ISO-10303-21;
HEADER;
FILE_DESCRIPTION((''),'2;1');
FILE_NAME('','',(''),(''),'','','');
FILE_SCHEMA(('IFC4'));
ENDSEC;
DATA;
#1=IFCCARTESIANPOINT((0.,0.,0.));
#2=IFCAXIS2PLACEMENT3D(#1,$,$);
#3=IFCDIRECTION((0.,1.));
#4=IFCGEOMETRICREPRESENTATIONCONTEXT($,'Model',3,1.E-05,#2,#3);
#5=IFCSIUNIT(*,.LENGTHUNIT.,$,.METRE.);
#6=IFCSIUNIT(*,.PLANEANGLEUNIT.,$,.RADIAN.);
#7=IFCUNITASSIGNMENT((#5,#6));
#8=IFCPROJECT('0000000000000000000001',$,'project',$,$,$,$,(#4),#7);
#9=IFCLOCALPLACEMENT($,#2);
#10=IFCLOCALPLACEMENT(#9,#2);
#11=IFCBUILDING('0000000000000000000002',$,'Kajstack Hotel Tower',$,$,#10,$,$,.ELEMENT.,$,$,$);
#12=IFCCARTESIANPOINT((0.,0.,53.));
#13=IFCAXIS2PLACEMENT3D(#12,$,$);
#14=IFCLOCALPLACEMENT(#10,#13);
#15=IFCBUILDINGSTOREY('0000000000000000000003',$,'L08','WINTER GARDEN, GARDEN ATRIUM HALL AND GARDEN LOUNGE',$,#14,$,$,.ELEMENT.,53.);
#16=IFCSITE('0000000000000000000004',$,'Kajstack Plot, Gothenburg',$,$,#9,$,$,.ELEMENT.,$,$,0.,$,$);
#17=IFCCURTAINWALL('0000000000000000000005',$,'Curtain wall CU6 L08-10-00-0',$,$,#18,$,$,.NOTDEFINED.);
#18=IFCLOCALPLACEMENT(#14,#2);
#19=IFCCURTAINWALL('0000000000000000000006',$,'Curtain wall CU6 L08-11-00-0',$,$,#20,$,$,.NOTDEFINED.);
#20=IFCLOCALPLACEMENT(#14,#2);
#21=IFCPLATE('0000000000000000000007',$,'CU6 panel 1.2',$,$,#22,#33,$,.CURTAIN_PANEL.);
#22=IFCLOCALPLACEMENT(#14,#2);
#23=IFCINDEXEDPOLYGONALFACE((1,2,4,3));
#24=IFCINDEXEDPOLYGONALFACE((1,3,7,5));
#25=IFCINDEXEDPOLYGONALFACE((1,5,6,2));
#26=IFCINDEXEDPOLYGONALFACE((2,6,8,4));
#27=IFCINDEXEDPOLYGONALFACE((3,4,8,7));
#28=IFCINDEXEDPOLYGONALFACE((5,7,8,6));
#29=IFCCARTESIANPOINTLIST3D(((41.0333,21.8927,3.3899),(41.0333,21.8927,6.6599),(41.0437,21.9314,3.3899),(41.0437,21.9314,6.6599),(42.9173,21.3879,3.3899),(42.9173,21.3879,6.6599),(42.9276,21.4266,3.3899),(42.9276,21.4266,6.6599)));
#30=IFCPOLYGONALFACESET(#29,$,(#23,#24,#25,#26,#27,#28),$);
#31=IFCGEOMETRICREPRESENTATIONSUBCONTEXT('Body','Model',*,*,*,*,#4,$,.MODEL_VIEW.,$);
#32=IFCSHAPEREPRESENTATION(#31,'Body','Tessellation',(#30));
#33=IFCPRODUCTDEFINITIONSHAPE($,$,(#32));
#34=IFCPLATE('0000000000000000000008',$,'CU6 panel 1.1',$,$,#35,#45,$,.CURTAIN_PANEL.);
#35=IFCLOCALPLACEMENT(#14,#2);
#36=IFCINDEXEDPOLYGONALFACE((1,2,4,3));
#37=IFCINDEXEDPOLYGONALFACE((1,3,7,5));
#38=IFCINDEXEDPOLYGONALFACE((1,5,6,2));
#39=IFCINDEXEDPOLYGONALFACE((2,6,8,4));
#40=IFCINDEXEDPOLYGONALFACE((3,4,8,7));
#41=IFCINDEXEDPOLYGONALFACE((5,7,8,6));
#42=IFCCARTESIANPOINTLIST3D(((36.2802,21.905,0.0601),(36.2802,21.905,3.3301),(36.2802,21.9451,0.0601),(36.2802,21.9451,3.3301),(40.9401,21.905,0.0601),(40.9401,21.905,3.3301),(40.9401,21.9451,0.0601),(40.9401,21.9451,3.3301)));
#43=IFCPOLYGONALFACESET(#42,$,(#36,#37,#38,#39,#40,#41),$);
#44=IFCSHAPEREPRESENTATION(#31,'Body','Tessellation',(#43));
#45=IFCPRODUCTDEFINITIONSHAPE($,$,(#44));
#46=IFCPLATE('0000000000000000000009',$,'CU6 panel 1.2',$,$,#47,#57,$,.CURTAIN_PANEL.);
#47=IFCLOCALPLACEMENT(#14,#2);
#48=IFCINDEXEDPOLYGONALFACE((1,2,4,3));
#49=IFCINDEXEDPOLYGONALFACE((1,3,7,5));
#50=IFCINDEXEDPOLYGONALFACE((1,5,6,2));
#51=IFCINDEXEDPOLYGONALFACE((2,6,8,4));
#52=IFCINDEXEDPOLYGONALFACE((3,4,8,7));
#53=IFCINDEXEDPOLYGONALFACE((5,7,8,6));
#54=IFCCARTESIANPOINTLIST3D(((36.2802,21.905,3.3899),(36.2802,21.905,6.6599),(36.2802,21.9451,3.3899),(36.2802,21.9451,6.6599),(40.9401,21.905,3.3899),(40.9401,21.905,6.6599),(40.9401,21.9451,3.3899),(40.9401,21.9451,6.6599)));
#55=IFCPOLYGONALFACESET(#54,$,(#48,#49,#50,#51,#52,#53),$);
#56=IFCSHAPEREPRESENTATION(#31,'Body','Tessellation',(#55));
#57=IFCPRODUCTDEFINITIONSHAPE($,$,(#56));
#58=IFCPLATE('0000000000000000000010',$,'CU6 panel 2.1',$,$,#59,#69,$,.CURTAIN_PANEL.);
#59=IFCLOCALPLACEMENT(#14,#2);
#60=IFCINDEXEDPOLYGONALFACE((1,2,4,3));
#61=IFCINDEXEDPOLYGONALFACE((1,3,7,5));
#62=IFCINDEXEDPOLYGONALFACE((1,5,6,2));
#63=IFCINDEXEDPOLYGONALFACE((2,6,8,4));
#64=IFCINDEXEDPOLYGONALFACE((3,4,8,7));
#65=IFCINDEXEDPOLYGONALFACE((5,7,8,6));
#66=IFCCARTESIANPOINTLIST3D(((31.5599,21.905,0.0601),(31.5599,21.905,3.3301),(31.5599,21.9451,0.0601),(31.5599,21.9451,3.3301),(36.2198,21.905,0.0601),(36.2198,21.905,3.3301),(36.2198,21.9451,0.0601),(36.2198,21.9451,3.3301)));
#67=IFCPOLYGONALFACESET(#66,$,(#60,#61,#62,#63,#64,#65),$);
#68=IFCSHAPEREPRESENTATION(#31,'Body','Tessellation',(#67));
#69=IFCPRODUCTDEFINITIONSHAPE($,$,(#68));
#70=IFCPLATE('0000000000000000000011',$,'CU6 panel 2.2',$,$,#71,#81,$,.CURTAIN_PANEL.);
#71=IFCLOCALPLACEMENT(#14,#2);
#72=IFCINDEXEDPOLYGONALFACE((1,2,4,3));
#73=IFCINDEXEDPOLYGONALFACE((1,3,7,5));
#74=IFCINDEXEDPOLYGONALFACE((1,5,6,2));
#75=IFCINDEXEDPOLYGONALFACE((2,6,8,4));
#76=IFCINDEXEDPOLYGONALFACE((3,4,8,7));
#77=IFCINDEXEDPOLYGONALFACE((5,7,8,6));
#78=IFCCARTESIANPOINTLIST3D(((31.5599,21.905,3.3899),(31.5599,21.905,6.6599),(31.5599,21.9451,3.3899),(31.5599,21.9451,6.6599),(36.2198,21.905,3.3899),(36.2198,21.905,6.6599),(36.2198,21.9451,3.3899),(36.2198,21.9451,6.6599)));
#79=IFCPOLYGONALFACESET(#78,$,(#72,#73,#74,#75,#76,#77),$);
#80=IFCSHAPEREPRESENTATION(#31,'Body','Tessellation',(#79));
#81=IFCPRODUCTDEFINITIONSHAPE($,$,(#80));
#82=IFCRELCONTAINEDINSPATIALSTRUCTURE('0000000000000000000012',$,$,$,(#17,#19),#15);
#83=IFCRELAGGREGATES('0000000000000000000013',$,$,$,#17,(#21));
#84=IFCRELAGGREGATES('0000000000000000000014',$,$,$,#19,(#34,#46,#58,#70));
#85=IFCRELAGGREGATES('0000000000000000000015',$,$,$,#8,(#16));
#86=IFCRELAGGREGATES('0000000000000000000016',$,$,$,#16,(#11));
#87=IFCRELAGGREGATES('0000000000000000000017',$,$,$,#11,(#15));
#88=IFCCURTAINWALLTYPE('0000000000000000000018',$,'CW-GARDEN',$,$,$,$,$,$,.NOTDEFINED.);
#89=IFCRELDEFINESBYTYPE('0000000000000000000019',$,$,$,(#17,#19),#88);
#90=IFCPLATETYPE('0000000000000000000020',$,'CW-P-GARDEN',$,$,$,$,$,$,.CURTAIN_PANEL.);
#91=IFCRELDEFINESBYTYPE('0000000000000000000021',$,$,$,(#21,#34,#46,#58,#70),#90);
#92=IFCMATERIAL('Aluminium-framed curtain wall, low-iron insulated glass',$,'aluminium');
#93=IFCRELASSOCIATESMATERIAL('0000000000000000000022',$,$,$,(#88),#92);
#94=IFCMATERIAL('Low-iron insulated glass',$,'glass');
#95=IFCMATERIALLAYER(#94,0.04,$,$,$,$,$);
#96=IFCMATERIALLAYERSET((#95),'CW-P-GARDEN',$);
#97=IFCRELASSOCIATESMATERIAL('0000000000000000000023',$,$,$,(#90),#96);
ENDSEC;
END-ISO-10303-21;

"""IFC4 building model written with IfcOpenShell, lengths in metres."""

from ifc_helpers import new_model, si_unit, direction, frame, origin, origin_2d, place, context, subcontext, project, spatial, rectangle, extrude, material, layer, layer_set, type_object, element, aggregate, save


model = new_model("IFC4")

# Units and contexts
model_context = context("Model", 3, precision=1e-05, world=origin(), true_north=direction((0.0, 1.0)))
body_context = subcontext(model_context, "Body", "Model", "MODEL_VIEW")
ifc_project = project(units=[si_unit("LENGTHUNIT", "METRE"), si_unit("PLANEANGLEUNIT", "RADIAN")], contexts=[model_context])

# Site, building, storey
site_placement = place(None, origin())
site = spatial("IfcSite", under=ifc_project, at=site_placement, Name="Kajstack Plot, Gothenburg", CompositionType="ELEMENT", RefElevation=0.0)
building_placement = place(site_placement, origin())
building = spatial("IfcBuilding", under=site, at=building_placement, Name="Kajstack Hotel Tower", CompositionType="ELEMENT")
storey_placement = place(building_placement, frame((0.0, 0.0, 53.0)))
storey = spatial("IfcBuildingStorey", under=building, at=storey_placement, Name="L08", Description="WINTER GARDEN, GARDEN ATRIUM HALL AND GARDEN LOUNGE", CompositionType="ELEMENT", Elevation=53.0)

# Shared definitions
ifc_material_1 = material(Name="Aluminium-framed curtain wall, low-iron insulated glass", Category="aluminium")
curtain_wall_type = type_object("IfcCurtainWallType", Name="CW-GARDEN", PredefinedType="NOTDEFINED", material=ifc_material_1)

# Curtain walls
curtain_wall_1_placement = place(storey_placement, origin())
curtain_wall_1 = element("IfcCurtainWall", 1, at=curtain_wall_1_placement, inside=storey, type_object=curtain_wall_type, Name="Curtain wall CU6 L08-10-00-0", PredefinedType="NOTDEFINED")
curtain_wall_2_placement = place(storey_placement, origin())
curtain_wall_2 = element("IfcCurtainWall", 2, at=curtain_wall_2_placement, inside=storey, type_object=curtain_wall_type, Name="Curtain wall CU6 L08-11-00-0", PredefinedType="NOTDEFINED")

# Plates
ifc_material_2 = material(Name="Low-iron insulated glass", Category="glass")
ifc_layer = layer(ifc_material_2, 0.04)
ifc_layer_set = layer_set([ifc_layer], Name="CW-P-GARDEN")
plate_type = type_object("IfcPlateType", Name="CW-P-GARDEN", PredefinedType="CURTAIN_PANEL", material=ifc_layer_set)
plate_1_placement = place(storey_placement, frame((41.9805, 21.6597, 3.3899), z_axis=(0.0, 0.0, 1.0), x_axis=(-0.965926, 0.25882, 0.0)))
plate_1 = element("IfcPlate", 3, at=plate_1_placement, type_object=plate_type, Name="CU6 panel 1.2", PredefinedType="CURTAIN_PANEL", context=body_context, shape_type="SweptSolid", body=[
    extrude(rectangle(XDim=1.9504, YDim=0.04, at=origin_2d()), origin(), (0.0, 0.0, 1.0), 3.27),
])
aggregate(curtain_wall_1, [plate_1])
plate_2_placement = place(storey_placement, frame((38.6101, 21.925, 0.0601), z_axis=(0.0, 0.0, 1.0), x_axis=(-1.0, 0.0, 0.0)))
plate_2 = element("IfcPlate", 4, at=plate_2_placement, type_object=plate_type, Name="CU6 panel 1.1", PredefinedType="CURTAIN_PANEL", context=body_context, shape_type="SweptSolid", body=[
    extrude(rectangle(XDim=4.6599, YDim=0.04, at=origin_2d()), origin(), (0.0, 0.0, 1.0), 3.27),
])
plate_3_placement = place(storey_placement, frame((38.6101, 21.925, 3.3899), z_axis=(0.0, 0.0, 1.0), x_axis=(-1.0, 0.0, 0.0)))
plate_3 = element("IfcPlate", 5, at=plate_3_placement, type_object=plate_type, Name="CU6 panel 1.2", PredefinedType="CURTAIN_PANEL", context=body_context, shape_type="SweptSolid", body=[
    extrude(rectangle(XDim=4.6599, YDim=0.04, at=origin_2d()), origin(), (0.0, 0.0, 1.0), 3.27),
])
plate_4_placement = place(storey_placement, frame((33.8899, 21.925, 0.0601), z_axis=(0.0, 0.0, 1.0), x_axis=(-1.0, 0.0, 0.0)))
plate_4 = element("IfcPlate", 6, at=plate_4_placement, type_object=plate_type, Name="CU6 panel 2.1", PredefinedType="CURTAIN_PANEL", context=body_context, shape_type="SweptSolid", body=[
    extrude(rectangle(XDim=4.6599, YDim=0.04, at=origin_2d()), origin(), (0.0, 0.0, 1.0), 3.27),
])
plate_5_placement = place(storey_placement, frame((33.8899, 21.925, 3.3899), z_axis=(0.0, 0.0, 1.0), x_axis=(-1.0, 0.0, 0.0)))
plate_5 = element("IfcPlate", 7, at=plate_5_placement, type_object=plate_type, Name="CU6 panel 2.2", PredefinedType="CURTAIN_PANEL", context=body_context, shape_type="SweptSolid", body=[
    extrude(rectangle(XDim=4.6599, YDim=0.04, at=origin_2d()), origin(), (0.0, 0.0, 1.0), 3.27),
])
aggregate(curtain_wall_2, [plate_2, plate_3, plate_4, plate_5])

save(model, "model.ifc")
